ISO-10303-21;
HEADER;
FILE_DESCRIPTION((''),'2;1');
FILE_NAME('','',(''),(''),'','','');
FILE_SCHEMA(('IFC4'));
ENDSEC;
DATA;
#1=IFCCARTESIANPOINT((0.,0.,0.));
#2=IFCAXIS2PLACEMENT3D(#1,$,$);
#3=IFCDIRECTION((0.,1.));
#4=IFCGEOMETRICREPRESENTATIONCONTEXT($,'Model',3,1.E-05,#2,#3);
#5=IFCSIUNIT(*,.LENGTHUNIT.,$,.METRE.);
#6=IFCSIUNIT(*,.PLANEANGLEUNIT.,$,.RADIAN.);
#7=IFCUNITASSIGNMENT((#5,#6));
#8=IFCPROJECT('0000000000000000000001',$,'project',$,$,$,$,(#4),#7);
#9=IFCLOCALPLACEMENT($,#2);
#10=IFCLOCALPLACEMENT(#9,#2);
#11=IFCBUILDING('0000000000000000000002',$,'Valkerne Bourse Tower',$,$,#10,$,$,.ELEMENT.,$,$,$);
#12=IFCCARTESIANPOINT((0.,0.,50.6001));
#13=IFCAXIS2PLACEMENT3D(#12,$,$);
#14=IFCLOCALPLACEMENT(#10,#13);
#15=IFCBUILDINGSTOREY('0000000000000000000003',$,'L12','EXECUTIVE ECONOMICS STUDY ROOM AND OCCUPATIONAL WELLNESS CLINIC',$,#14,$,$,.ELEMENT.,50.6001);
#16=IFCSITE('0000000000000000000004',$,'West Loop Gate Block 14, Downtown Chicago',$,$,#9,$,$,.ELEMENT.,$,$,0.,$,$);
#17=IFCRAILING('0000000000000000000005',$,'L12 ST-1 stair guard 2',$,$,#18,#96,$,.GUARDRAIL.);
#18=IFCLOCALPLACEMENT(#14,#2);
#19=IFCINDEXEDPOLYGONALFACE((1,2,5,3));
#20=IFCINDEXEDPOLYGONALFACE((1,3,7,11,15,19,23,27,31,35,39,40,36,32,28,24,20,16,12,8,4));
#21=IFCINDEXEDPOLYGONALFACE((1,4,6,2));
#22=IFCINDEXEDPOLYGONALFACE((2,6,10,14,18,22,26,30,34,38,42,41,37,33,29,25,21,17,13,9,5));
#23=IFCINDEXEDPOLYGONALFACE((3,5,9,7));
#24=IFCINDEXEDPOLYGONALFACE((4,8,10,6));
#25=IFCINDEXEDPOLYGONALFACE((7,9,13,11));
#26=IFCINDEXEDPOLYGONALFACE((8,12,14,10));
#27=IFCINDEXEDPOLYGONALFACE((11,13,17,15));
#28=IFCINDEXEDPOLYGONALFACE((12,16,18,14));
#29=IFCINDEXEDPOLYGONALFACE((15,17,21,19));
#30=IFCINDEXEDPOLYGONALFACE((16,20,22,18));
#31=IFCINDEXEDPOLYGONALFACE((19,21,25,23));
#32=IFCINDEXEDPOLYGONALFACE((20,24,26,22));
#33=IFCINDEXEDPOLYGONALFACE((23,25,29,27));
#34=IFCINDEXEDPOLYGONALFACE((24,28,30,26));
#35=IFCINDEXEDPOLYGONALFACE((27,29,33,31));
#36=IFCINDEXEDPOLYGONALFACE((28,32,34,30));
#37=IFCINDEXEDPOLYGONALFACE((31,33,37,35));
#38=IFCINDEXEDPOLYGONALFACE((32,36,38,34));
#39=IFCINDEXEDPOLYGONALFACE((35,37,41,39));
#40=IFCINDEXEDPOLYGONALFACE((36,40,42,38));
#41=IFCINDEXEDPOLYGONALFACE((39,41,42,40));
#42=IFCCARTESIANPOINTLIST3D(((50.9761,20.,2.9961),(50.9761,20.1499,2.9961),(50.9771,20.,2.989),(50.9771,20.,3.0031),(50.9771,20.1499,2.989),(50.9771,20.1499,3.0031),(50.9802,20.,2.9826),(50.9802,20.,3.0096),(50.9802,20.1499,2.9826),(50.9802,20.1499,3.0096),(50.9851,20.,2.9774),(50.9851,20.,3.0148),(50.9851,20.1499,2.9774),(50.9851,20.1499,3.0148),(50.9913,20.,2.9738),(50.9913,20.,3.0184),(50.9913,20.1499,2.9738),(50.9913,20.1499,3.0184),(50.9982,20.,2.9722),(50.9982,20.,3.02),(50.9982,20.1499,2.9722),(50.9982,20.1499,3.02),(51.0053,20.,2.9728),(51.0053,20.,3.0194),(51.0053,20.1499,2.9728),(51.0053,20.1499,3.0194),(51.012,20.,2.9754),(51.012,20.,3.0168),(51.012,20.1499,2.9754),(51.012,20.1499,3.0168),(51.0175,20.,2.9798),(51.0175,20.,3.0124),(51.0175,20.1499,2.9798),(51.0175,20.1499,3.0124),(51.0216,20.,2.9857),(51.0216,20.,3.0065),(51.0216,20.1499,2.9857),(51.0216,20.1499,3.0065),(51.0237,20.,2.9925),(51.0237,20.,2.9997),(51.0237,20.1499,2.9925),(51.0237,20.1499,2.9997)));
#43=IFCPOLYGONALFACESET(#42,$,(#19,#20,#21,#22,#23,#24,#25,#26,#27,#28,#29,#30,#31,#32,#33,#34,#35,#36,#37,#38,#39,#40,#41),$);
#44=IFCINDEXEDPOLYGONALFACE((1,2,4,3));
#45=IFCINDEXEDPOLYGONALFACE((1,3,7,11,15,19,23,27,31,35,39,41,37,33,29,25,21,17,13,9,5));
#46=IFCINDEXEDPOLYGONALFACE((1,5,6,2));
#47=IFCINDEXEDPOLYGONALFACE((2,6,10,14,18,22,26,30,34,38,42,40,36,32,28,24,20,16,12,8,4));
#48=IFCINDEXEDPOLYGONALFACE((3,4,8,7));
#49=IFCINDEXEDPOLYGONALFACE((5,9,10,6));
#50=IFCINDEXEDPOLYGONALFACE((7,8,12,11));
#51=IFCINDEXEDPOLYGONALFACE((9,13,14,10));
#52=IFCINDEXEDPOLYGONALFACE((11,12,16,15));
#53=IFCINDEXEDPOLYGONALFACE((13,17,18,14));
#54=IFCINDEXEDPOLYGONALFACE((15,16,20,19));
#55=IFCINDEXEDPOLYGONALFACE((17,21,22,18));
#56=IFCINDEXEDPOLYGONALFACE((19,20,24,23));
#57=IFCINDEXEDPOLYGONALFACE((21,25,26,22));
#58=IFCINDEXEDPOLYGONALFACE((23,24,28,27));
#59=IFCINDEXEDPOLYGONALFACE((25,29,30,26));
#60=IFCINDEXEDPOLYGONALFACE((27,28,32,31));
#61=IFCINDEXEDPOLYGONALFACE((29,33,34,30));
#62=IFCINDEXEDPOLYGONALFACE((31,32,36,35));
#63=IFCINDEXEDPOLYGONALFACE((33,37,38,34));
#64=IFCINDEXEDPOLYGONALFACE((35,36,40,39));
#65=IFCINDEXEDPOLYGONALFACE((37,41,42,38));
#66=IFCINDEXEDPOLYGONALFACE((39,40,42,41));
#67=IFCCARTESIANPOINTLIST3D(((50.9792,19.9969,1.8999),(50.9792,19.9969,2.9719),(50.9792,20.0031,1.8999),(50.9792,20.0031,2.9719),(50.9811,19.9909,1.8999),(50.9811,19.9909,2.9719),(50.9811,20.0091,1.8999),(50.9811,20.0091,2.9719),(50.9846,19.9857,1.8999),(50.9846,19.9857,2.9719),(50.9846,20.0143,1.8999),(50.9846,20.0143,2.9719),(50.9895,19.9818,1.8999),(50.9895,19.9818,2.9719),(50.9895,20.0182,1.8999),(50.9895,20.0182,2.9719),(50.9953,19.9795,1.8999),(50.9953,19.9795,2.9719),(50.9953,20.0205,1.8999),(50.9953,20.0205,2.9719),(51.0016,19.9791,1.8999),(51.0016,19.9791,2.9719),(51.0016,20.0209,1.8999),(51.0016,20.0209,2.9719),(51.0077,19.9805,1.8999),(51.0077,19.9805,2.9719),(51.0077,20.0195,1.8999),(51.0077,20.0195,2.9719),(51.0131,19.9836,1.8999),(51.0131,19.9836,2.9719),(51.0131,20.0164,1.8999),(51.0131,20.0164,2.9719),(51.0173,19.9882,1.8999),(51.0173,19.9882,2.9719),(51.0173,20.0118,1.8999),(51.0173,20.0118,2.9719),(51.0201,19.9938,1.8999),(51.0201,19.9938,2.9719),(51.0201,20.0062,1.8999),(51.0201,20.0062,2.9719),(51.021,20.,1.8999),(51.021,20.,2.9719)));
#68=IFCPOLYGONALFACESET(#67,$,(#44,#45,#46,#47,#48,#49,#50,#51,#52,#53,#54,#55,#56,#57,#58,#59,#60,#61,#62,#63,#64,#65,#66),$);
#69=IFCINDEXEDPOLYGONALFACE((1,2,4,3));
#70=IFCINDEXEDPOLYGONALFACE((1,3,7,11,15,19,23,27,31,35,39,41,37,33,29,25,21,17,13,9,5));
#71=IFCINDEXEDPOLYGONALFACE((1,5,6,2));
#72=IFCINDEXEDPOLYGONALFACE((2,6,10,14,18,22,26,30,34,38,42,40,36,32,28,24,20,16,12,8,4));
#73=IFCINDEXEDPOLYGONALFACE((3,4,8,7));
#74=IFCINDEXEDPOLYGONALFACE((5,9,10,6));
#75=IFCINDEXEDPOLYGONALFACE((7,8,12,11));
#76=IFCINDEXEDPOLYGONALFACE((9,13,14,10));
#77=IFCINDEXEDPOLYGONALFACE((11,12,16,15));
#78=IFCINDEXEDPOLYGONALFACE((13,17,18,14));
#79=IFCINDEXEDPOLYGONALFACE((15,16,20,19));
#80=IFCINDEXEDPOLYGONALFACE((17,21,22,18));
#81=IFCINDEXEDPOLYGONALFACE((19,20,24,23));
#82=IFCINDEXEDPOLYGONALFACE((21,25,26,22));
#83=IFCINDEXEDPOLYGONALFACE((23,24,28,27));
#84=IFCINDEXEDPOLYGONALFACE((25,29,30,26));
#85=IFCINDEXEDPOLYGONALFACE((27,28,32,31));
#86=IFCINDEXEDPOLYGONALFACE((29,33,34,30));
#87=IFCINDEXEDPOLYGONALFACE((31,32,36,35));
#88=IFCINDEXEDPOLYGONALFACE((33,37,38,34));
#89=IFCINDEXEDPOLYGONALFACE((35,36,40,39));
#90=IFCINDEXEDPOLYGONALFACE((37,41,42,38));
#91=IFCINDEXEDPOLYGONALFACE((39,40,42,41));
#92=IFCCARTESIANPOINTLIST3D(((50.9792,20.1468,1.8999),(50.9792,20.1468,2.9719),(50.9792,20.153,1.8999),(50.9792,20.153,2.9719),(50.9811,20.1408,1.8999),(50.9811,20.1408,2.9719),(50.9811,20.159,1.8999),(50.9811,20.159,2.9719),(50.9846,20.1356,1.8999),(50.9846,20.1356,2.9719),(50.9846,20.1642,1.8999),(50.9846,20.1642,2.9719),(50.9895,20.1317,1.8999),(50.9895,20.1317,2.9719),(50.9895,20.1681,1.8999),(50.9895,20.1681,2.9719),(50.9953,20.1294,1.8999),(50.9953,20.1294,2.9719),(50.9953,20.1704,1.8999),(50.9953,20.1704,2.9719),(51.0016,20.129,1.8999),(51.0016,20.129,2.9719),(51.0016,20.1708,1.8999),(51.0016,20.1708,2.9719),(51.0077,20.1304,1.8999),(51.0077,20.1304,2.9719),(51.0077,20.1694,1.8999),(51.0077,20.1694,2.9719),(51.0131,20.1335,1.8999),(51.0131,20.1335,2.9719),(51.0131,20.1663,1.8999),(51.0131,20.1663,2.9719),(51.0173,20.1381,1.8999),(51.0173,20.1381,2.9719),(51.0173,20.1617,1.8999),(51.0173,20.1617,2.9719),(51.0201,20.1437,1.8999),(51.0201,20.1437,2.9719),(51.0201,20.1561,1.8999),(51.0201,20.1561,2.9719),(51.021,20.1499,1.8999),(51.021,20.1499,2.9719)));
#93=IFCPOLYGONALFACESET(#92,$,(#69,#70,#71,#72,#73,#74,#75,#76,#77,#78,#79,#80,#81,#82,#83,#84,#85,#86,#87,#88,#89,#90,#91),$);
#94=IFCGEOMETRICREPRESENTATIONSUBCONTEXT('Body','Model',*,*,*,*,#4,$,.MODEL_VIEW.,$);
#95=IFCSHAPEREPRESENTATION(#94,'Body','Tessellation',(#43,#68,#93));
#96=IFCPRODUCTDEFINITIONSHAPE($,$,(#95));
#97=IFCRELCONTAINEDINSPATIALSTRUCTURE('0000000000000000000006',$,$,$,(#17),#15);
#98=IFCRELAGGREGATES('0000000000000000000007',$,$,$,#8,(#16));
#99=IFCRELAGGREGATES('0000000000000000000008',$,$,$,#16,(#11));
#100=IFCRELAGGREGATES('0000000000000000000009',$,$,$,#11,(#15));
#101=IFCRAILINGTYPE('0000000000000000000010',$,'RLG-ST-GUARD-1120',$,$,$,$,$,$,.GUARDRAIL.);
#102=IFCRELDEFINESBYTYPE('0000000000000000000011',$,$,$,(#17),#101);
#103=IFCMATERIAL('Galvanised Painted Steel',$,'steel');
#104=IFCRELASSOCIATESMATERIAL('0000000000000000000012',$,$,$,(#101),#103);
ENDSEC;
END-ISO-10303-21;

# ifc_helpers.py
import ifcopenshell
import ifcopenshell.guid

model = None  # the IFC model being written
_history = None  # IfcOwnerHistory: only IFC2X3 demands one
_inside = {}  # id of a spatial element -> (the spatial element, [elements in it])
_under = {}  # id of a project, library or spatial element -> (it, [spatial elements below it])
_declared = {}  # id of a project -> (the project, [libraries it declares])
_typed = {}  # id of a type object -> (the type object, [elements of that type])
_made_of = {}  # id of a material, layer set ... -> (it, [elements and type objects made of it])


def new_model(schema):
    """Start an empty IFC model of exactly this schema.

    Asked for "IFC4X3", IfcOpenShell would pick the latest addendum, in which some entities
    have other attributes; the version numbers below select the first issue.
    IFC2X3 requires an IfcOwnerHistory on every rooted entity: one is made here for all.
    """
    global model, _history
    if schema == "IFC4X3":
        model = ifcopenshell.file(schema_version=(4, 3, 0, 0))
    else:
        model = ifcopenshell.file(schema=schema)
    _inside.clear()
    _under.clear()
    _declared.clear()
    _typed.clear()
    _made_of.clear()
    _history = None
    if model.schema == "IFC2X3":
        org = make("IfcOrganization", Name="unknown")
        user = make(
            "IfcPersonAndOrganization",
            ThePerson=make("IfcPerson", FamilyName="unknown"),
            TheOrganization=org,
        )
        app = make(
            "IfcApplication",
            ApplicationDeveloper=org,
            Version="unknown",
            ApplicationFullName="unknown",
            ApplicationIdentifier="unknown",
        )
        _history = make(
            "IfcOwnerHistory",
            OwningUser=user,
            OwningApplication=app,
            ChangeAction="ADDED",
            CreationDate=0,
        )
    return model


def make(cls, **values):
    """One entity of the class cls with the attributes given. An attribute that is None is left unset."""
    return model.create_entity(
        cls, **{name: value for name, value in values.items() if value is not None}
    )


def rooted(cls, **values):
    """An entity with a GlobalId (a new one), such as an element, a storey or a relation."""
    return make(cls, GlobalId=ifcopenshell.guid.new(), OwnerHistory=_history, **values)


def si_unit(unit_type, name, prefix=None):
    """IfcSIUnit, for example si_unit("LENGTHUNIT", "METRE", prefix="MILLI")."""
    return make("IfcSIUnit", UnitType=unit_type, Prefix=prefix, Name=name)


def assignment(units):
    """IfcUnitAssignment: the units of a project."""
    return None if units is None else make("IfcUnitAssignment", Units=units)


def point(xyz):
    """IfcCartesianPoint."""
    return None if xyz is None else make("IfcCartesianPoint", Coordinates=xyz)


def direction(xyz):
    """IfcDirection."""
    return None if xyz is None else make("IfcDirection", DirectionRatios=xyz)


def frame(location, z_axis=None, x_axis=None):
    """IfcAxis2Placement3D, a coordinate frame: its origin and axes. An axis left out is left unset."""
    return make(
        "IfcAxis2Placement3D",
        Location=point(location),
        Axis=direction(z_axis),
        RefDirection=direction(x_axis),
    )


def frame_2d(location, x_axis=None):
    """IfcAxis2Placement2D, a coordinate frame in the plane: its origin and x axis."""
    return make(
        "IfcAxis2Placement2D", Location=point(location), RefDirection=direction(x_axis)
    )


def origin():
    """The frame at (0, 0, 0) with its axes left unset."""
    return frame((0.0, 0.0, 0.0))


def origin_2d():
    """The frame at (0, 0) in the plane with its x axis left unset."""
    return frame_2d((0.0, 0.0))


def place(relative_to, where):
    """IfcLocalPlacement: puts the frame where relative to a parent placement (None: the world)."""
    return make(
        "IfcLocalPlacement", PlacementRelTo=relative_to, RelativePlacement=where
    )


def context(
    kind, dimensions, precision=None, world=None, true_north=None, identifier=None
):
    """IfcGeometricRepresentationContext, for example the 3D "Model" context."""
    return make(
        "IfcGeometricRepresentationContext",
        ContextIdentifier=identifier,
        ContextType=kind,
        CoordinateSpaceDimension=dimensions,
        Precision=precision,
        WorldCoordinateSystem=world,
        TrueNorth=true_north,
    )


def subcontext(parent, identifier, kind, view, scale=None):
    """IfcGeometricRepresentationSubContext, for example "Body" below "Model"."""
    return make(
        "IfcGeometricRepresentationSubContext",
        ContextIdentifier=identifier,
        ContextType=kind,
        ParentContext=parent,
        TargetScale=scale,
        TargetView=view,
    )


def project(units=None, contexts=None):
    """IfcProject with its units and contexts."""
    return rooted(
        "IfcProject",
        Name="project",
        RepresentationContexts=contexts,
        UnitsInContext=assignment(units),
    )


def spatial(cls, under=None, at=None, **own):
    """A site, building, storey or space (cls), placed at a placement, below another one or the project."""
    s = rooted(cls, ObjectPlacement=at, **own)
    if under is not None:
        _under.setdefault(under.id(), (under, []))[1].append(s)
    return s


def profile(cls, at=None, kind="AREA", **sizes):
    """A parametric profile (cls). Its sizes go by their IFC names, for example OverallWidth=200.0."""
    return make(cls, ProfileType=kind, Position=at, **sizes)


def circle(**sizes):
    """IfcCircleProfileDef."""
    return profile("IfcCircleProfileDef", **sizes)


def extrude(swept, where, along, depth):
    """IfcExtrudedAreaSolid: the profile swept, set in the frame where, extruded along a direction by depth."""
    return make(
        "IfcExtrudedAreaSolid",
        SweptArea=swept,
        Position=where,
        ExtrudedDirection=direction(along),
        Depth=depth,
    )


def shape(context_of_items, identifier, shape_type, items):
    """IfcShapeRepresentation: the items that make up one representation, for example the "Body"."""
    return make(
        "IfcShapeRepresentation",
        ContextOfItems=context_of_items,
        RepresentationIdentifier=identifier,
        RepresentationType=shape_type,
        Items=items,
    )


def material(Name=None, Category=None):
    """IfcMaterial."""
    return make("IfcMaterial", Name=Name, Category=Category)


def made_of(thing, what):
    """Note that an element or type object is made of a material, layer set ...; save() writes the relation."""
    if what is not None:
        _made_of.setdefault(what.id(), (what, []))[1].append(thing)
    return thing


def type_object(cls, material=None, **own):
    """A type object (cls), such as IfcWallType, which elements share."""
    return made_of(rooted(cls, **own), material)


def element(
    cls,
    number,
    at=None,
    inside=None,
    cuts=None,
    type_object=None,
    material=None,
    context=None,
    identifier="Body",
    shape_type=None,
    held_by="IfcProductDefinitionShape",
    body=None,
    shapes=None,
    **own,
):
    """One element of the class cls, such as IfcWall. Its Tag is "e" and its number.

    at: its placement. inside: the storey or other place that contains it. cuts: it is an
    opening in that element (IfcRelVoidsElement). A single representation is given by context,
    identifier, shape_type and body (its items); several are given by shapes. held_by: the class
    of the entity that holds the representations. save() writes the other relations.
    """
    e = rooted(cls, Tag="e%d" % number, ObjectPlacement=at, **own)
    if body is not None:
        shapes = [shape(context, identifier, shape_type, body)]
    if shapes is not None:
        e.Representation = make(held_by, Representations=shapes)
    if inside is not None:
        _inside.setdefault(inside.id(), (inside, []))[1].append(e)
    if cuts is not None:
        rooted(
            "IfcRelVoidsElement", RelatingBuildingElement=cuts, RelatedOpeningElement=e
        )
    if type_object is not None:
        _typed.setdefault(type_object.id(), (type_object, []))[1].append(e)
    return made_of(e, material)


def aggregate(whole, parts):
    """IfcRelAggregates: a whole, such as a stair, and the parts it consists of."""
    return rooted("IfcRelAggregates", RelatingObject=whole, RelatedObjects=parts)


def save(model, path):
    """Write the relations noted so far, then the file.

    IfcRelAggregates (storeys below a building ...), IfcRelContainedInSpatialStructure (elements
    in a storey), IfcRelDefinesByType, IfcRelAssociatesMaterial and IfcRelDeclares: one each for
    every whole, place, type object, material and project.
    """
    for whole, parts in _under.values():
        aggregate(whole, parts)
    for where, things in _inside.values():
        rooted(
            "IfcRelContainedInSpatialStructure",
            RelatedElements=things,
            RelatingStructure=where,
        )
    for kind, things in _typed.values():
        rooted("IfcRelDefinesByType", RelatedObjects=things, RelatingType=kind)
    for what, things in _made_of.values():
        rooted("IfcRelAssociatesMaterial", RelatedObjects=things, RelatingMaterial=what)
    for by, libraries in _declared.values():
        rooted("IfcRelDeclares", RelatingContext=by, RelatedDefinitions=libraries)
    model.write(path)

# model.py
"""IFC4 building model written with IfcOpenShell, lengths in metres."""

from ifc_helpers import new_model, si_unit, direction, frame, origin, origin_2d, place, context, subcontext, project, spatial, circle, extrude, material, type_object, element, save


model = new_model("IFC4")

# Units and contexts
model_context = context("Model", 3, precision=1e-05, world=origin(), true_north=direction((0.0, 1.0)))
body_context = subcontext(model_context, "Body", "Model", "MODEL_VIEW")
ifc_project = project(units=[si_unit("LENGTHUNIT", "METRE"), si_unit("PLANEANGLEUNIT", "RADIAN")], contexts=[model_context])

# Site, building, storey
site_placement = place(None, origin())
site = spatial("IfcSite", under=ifc_project, at=site_placement, Name="West Loop Gate Block 14, Downtown Chicago", CompositionType="ELEMENT", RefElevation=0.0)
building_placement = place(site_placement, origin())
building = spatial("IfcBuilding", under=site, at=building_placement, Name="Valkerne Bourse Tower", CompositionType="ELEMENT")
storey_placement = place(building_placement, frame((0.0, 0.0, 50.6001)))
storey = spatial("IfcBuildingStorey", under=building, at=storey_placement, Name="L12", Description="EXECUTIVE ECONOMICS STUDY ROOM AND OCCUPATIONAL WELLNESS CLINIC", CompositionType="ELEMENT", Elevation=50.6001)

# Shared definitions
ifc_material_1 = material(Name="Galvanised Painted Steel", Category="steel")

# Railing
railing_type_1 = type_object("IfcRailingType", Name="RLG-ST-GUARD-1120", PredefinedType="GUARDRAIL", material=ifc_material_1)
railing_1_placement = place(storey_placement, frame((51.0, 20.0, 1.8999)))
element("IfcRailing", 1, at=railing_1_placement, inside=storey, type_object=railing_type_1, Name="L12 ST-1 stair guard 2", PredefinedType="GUARDRAIL", context=body_context, shape_type="SweptSolid", body=[
    extrude(circle(Radius=0.0239, at=origin_2d()), frame((0.0, 0.0, 1.0962), z_axis=(0.0, 1.0, 0.0), x_axis=(-1.0, 0.0, 0.0)), (0.0, 0.0, 1.0), 0.1499),
    extrude(circle(Radius=0.021, at=origin_2d()), origin(), (0.0, 0.0, 1.0), 1.072),
    extrude(circle(Radius=0.021, at=origin_2d()), frame((0.0, 0.1499, 0.0)), (0.0, 0.0, 1.0), 1.072),
])

save(model, "model.ifc")
